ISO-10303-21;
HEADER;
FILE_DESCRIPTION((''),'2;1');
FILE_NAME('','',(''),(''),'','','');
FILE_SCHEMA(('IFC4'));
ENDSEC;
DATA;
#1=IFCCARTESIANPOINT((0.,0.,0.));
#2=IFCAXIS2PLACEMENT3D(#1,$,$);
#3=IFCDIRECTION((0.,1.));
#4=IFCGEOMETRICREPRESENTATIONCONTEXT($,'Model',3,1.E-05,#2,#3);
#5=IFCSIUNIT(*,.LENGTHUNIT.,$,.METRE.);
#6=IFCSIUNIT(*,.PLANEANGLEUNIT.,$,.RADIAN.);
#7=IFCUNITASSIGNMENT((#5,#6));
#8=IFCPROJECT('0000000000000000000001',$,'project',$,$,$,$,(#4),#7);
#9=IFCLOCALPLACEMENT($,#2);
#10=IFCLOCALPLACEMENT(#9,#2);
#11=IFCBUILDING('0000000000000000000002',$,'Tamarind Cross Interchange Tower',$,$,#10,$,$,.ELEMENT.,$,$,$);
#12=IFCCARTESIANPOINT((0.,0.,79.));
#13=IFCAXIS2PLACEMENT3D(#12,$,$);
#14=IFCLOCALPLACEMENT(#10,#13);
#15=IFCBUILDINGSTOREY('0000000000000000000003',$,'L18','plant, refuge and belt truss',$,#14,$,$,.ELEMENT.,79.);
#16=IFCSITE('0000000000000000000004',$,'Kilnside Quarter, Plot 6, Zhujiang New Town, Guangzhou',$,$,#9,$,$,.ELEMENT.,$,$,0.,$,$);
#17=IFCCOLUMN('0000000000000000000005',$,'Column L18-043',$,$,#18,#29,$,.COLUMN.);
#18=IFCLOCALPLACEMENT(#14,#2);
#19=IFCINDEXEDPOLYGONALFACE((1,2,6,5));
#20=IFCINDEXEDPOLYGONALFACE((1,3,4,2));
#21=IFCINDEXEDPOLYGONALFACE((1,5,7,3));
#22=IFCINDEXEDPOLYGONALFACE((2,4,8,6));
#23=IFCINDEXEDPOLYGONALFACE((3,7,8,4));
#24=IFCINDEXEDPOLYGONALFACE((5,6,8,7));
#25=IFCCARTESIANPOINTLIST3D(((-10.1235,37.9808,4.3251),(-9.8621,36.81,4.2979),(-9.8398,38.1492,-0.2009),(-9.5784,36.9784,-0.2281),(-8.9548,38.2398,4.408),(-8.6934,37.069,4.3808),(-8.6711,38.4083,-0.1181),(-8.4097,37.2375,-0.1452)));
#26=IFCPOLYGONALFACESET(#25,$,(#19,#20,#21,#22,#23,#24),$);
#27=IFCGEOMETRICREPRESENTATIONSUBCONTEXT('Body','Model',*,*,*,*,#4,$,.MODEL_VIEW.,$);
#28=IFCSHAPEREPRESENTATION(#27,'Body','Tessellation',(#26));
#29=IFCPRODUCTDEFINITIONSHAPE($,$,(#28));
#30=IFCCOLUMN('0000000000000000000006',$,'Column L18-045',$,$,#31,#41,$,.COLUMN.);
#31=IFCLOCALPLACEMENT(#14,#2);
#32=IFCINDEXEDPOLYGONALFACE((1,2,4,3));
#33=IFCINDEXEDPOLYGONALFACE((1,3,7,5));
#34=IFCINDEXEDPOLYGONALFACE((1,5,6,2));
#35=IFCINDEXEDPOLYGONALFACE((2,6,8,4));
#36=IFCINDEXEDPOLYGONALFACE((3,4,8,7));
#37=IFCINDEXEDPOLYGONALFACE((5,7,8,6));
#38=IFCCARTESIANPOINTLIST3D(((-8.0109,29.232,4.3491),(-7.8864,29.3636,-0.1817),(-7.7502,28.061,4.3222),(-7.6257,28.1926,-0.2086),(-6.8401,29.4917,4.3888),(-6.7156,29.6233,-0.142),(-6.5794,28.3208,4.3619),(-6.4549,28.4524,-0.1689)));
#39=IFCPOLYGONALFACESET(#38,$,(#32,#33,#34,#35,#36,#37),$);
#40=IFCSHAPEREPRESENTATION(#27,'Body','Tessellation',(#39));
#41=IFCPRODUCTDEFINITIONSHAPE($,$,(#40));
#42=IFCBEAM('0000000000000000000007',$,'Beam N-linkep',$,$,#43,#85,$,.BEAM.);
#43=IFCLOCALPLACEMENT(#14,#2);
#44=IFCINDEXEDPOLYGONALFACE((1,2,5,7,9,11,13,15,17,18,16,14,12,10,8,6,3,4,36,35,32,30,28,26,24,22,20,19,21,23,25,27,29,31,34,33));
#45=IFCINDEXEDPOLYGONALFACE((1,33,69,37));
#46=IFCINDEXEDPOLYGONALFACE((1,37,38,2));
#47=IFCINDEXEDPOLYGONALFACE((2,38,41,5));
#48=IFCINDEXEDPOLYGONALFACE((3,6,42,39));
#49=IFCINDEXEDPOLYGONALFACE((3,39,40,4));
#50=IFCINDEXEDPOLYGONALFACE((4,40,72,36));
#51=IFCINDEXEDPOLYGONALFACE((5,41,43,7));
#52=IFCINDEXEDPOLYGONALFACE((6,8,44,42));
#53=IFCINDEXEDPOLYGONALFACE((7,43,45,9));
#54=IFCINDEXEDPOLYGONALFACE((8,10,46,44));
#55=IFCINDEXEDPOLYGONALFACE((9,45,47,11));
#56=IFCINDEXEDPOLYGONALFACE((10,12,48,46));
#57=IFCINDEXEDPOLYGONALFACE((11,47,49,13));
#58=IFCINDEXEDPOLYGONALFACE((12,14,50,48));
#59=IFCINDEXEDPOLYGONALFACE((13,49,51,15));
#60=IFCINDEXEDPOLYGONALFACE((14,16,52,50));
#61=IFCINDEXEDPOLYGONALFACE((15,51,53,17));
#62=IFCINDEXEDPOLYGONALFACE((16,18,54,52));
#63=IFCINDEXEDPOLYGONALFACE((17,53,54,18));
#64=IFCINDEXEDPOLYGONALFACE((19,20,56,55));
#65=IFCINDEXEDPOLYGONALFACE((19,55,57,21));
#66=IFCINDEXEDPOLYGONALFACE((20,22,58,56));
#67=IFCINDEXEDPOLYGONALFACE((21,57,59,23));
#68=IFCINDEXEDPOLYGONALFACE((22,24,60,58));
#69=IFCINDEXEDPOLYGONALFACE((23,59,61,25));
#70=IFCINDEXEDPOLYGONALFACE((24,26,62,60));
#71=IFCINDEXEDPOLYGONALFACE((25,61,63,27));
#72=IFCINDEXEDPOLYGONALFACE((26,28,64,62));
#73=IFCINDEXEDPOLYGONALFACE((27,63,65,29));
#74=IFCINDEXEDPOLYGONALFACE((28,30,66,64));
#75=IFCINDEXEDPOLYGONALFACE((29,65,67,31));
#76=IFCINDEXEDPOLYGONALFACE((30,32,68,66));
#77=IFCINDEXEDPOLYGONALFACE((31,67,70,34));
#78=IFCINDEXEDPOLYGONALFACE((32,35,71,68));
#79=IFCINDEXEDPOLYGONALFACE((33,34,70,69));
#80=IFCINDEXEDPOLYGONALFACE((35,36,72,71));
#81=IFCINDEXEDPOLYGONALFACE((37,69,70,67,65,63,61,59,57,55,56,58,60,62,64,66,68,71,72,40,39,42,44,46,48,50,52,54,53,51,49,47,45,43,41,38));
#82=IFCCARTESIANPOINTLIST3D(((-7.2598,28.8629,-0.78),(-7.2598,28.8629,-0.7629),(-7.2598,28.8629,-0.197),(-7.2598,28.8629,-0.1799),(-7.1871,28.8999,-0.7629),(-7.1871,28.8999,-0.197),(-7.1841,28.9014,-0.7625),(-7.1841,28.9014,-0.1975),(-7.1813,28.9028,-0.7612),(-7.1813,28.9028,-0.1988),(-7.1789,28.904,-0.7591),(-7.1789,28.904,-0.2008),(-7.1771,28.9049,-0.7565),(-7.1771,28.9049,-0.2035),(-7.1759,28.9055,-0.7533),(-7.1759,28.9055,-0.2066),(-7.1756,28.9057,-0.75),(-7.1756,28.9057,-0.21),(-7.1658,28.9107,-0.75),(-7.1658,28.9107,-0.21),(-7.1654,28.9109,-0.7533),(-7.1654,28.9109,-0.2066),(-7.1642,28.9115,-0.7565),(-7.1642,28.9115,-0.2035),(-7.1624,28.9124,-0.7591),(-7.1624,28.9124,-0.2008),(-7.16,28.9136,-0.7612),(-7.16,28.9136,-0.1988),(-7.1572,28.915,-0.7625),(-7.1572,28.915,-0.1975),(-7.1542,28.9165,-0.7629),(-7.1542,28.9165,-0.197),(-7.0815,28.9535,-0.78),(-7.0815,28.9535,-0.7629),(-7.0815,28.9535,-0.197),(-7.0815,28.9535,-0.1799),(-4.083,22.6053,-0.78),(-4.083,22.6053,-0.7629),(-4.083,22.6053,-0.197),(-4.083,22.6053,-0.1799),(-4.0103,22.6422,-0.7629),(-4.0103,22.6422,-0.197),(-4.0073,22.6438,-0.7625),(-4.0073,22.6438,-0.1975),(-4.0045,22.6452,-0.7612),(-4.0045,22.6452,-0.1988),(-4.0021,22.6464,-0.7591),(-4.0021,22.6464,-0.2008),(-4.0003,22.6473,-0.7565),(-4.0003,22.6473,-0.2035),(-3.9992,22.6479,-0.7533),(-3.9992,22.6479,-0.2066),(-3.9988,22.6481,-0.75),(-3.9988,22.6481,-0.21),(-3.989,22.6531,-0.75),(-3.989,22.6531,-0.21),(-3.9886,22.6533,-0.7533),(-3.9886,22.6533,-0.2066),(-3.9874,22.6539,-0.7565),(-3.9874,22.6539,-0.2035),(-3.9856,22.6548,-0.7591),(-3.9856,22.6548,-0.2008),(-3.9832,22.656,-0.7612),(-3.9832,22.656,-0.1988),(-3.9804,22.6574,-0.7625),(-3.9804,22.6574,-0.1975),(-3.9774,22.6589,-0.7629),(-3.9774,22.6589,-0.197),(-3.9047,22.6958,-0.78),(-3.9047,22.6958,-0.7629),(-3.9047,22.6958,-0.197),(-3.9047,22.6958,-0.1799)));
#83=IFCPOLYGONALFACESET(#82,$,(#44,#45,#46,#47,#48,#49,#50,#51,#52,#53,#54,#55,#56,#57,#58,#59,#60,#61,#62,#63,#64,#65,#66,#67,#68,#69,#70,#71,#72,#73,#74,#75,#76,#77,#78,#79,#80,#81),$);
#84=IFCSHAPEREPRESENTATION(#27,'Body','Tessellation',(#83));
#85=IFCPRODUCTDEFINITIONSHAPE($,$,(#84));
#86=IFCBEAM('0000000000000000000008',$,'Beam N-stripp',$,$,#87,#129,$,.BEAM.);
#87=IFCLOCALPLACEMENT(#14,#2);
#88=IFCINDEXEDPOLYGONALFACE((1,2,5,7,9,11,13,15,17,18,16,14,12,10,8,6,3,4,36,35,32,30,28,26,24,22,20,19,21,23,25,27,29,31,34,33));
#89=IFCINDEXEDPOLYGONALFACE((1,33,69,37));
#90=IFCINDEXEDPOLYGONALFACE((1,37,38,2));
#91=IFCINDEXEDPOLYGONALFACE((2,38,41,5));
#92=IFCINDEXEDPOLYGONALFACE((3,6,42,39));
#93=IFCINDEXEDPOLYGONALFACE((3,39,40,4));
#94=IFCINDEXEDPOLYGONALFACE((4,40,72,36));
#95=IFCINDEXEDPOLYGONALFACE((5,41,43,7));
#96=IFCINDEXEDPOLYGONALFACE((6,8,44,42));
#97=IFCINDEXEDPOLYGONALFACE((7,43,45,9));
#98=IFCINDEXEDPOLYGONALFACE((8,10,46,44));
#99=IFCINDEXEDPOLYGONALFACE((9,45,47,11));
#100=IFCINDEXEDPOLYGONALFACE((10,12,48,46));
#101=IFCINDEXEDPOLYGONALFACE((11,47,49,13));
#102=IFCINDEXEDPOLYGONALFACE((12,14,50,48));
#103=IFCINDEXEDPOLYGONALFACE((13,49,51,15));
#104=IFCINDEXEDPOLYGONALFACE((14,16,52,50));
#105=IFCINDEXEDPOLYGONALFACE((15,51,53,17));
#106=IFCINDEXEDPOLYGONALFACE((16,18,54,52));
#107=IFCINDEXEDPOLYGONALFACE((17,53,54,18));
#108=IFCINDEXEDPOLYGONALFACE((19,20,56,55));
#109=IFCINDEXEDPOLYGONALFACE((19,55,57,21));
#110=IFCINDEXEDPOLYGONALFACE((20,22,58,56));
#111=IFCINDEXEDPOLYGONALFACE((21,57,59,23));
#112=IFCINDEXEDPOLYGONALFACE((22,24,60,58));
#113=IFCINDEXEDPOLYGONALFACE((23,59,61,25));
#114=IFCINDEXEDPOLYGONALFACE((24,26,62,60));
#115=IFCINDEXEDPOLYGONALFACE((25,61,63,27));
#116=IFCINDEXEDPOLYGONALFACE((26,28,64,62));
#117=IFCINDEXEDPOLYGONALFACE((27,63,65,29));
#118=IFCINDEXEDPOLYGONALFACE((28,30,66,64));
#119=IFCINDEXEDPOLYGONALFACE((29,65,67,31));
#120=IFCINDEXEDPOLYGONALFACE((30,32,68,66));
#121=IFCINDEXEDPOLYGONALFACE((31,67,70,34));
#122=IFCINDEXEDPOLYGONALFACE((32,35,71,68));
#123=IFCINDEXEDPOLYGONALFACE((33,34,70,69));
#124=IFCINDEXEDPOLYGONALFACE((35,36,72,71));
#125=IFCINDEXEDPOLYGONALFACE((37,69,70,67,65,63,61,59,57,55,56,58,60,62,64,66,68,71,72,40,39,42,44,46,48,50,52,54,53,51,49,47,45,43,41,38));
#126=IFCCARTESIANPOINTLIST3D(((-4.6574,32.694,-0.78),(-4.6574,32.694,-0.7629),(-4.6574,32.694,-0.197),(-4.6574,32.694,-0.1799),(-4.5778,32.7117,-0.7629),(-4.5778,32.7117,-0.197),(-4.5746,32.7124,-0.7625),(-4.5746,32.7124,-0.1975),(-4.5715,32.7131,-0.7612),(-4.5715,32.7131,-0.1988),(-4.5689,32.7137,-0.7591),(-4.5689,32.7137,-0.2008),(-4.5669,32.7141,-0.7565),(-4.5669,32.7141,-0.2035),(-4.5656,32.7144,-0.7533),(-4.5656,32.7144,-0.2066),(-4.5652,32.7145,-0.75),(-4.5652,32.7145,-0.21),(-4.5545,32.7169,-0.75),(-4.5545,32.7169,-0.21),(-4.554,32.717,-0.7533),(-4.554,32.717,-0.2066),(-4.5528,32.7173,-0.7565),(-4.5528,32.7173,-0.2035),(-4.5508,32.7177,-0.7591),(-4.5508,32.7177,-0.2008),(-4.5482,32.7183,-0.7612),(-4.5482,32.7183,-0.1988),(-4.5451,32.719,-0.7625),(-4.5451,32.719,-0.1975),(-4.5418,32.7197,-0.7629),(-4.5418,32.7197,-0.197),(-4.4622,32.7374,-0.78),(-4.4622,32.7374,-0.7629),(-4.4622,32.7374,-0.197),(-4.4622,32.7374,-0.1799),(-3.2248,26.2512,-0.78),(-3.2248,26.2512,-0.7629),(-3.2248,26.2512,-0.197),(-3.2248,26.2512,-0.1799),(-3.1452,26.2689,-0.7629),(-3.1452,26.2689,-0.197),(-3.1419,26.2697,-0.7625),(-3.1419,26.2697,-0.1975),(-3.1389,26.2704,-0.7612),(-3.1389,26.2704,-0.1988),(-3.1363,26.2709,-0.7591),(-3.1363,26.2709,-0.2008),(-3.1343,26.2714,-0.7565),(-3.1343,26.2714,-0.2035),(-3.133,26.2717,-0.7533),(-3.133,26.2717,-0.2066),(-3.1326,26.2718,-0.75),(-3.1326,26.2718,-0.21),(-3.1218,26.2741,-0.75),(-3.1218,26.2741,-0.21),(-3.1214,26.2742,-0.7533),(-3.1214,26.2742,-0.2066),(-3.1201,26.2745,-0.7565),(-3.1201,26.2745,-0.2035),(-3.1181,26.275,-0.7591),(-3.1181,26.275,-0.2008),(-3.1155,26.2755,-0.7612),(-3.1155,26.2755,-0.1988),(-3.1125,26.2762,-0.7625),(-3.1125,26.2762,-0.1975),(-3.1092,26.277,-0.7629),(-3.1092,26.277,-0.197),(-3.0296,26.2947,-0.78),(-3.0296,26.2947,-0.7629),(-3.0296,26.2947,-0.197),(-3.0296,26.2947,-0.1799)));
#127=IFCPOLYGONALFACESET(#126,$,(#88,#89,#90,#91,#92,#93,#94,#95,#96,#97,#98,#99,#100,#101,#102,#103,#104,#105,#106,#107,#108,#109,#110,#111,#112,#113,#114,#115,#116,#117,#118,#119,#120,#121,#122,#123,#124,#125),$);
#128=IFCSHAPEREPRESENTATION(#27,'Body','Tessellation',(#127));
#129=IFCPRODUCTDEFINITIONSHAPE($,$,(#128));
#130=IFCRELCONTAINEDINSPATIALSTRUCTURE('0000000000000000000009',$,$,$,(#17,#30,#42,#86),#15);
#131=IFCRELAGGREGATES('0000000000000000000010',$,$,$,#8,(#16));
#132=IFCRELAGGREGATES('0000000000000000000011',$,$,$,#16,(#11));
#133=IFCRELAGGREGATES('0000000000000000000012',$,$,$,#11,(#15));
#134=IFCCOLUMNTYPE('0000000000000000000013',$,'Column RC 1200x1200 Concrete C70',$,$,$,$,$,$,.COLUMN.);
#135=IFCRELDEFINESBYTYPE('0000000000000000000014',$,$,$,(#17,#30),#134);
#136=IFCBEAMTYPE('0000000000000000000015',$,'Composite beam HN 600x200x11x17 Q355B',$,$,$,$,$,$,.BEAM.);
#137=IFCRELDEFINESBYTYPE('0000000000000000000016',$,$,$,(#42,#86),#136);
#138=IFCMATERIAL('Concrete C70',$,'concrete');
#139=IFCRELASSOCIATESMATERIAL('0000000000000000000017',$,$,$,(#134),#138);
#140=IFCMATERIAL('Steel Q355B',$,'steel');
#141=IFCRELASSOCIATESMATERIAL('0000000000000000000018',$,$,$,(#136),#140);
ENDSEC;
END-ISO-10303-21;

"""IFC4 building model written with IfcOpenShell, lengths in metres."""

from ifc_helpers import new_model, si_unit, direction, frame, origin, origin_2d, place, context, subcontext, project, spatial, rectangle, i_section, extrude, material, material_profile, profile_set, type_object, element, save


model = new_model("IFC4")

# Units and contexts
model_context = context("Model", 3, precision=1e-05, world=origin(), true_north=direction((0.0, 1.0)))
body_context = subcontext(model_context, "Body", "Model", "MODEL_VIEW")
ifc_project = project(units=[si_unit("LENGTHUNIT", "METRE"), si_unit("PLANEANGLEUNIT", "RADIAN")], contexts=[model_context])

# Site, building, storey
site_placement = place(None, origin())
site = spatial("IfcSite", under=ifc_project, at=site_placement, Name="Kilnside Quarter, Plot 6, Zhujiang New Town, Guangzhou", CompositionType="ELEMENT", RefElevation=0.0)
building_placement = place(site_placement, origin())
building = spatial("IfcBuilding", under=site, at=building_placement, Name="Tamarind Cross Interchange Tower", CompositionType="ELEMENT")
storey_placement = place(building_placement, frame((0.0, 0.0, 79.0)))
storey = spatial("IfcBuildingStorey", under=building, at=storey_placement, Name="L18", Description="plant, refuge and belt truss", CompositionType="ELEMENT", Elevation=79.0)

# Columns
ifc_material_1 = material(Name="Concrete C70", Category="concrete")
ifc_material_profile_1 = material_profile(ifc_material_1, rectangle(XDim=1.2, YDim=1.2, at=origin_2d()), Name="RC 1200x1200")
ifc_profile_set_1 = profile_set([ifc_material_profile_1], Name="Concrete C70")
column_type = type_object("IfcColumnType", Name="Column RC 1200x1200 Concrete C70", PredefinedType="COLUMN", material=ifc_profile_set_1)
column_1_placement = place(storey_placement, frame((-9.1248, 37.6934, -0.1731), z_axis=(-0.062513, -0.03712, 0.997354), x_axis=(0.973971, 0.215891, 0.069082)))
element("IfcColumn", 1, at=column_1_placement, inside=storey, type_object=column_type, Name="Column L18-043", PredefinedType="COLUMN", context=body_context, shape_type="SweptSolid", body=[
    extrude(rectangle(XDim=1.2, YDim=1.2, at=origin_2d()), origin(), (0.0, 0.0, 1.0), 4.5381),
])
column_2_placement = place(storey_placement, frame((-7.1707, 28.908, -0.1753), z_axis=(-0.027459, -0.029021, 0.999202), x_axis=(0.975725, 0.216482, 0.033102)))
element("IfcColumn", 2, at=column_2_placement, inside=storey, type_object=column_type, Name="Column L18-045", PredefinedType="COLUMN", context=body_context, shape_type="SweptSolid", body=[
    extrude(rectangle(XDim=1.2, YDim=1.2, at=origin_2d()), origin(), (0.0, 0.0, 1.0), 4.5344),
])

# Beams
ifc_material_2 = material(Name="Steel Q355B", Category="steel")
ifc_material_profile_2 = material_profile(ifc_material_2, i_section(OverallWidth=0.2, OverallDepth=0.6001, WebThickness=0.011, FlangeThickness=0.0171, FilletRadius=0.0129, at=origin_2d()), Name="HN 600x200x11x17")
ifc_profile_set_2 = profile_set([ifc_material_profile_2], Name="Steel Q355B")
beam_type = type_object("IfcBeamType", Name="Composite beam HN 600x200x11x17 Q355B", PredefinedType="BEAM", material=ifc_profile_set_2)
beam_1_placement = place(storey_placement, frame((-7.1707, 28.9082, -0.48), z_axis=(0.452674, -0.891676, 0.0), x_axis=(0.891676, 0.452674, 0.0)))
element("IfcBeam", 3, at=beam_1_placement, inside=storey, type_object=beam_type, Name="Beam N-linkep", PredefinedType="BEAM", context=body_context, shape_type="SweptSolid", body=[
    extrude(i_section(OverallWidth=0.2, OverallDepth=0.6001, WebThickness=0.011, FlangeThickness=0.0171, FilletRadius=0.0129, at=origin_2d()), origin(), (0.0, 0.0, 1.0), 7.0178),
])
beam_2_placement = place(storey_placement, frame((-3.1272, 26.2729, -0.48), z_axis=(-0.217064, 0.976157, 0.0), x_axis=(-0.976157, -0.217064, 0.0)))
element("IfcBeam", 4, at=beam_2_placement, inside=storey, type_object=beam_type, Name="Beam N-stripp", PredefinedType="BEAM", context=body_context, shape_type="SweptSolid", body=[
    extrude(i_section(OverallWidth=0.2, OverallDepth=0.6001, WebThickness=0.011, FlangeThickness=0.0171, FilletRadius=0.0129, at=origin_2d()), origin(), (0.0, 0.0, 1.0), 6.6001),
])

save(model, "model.ifc")
